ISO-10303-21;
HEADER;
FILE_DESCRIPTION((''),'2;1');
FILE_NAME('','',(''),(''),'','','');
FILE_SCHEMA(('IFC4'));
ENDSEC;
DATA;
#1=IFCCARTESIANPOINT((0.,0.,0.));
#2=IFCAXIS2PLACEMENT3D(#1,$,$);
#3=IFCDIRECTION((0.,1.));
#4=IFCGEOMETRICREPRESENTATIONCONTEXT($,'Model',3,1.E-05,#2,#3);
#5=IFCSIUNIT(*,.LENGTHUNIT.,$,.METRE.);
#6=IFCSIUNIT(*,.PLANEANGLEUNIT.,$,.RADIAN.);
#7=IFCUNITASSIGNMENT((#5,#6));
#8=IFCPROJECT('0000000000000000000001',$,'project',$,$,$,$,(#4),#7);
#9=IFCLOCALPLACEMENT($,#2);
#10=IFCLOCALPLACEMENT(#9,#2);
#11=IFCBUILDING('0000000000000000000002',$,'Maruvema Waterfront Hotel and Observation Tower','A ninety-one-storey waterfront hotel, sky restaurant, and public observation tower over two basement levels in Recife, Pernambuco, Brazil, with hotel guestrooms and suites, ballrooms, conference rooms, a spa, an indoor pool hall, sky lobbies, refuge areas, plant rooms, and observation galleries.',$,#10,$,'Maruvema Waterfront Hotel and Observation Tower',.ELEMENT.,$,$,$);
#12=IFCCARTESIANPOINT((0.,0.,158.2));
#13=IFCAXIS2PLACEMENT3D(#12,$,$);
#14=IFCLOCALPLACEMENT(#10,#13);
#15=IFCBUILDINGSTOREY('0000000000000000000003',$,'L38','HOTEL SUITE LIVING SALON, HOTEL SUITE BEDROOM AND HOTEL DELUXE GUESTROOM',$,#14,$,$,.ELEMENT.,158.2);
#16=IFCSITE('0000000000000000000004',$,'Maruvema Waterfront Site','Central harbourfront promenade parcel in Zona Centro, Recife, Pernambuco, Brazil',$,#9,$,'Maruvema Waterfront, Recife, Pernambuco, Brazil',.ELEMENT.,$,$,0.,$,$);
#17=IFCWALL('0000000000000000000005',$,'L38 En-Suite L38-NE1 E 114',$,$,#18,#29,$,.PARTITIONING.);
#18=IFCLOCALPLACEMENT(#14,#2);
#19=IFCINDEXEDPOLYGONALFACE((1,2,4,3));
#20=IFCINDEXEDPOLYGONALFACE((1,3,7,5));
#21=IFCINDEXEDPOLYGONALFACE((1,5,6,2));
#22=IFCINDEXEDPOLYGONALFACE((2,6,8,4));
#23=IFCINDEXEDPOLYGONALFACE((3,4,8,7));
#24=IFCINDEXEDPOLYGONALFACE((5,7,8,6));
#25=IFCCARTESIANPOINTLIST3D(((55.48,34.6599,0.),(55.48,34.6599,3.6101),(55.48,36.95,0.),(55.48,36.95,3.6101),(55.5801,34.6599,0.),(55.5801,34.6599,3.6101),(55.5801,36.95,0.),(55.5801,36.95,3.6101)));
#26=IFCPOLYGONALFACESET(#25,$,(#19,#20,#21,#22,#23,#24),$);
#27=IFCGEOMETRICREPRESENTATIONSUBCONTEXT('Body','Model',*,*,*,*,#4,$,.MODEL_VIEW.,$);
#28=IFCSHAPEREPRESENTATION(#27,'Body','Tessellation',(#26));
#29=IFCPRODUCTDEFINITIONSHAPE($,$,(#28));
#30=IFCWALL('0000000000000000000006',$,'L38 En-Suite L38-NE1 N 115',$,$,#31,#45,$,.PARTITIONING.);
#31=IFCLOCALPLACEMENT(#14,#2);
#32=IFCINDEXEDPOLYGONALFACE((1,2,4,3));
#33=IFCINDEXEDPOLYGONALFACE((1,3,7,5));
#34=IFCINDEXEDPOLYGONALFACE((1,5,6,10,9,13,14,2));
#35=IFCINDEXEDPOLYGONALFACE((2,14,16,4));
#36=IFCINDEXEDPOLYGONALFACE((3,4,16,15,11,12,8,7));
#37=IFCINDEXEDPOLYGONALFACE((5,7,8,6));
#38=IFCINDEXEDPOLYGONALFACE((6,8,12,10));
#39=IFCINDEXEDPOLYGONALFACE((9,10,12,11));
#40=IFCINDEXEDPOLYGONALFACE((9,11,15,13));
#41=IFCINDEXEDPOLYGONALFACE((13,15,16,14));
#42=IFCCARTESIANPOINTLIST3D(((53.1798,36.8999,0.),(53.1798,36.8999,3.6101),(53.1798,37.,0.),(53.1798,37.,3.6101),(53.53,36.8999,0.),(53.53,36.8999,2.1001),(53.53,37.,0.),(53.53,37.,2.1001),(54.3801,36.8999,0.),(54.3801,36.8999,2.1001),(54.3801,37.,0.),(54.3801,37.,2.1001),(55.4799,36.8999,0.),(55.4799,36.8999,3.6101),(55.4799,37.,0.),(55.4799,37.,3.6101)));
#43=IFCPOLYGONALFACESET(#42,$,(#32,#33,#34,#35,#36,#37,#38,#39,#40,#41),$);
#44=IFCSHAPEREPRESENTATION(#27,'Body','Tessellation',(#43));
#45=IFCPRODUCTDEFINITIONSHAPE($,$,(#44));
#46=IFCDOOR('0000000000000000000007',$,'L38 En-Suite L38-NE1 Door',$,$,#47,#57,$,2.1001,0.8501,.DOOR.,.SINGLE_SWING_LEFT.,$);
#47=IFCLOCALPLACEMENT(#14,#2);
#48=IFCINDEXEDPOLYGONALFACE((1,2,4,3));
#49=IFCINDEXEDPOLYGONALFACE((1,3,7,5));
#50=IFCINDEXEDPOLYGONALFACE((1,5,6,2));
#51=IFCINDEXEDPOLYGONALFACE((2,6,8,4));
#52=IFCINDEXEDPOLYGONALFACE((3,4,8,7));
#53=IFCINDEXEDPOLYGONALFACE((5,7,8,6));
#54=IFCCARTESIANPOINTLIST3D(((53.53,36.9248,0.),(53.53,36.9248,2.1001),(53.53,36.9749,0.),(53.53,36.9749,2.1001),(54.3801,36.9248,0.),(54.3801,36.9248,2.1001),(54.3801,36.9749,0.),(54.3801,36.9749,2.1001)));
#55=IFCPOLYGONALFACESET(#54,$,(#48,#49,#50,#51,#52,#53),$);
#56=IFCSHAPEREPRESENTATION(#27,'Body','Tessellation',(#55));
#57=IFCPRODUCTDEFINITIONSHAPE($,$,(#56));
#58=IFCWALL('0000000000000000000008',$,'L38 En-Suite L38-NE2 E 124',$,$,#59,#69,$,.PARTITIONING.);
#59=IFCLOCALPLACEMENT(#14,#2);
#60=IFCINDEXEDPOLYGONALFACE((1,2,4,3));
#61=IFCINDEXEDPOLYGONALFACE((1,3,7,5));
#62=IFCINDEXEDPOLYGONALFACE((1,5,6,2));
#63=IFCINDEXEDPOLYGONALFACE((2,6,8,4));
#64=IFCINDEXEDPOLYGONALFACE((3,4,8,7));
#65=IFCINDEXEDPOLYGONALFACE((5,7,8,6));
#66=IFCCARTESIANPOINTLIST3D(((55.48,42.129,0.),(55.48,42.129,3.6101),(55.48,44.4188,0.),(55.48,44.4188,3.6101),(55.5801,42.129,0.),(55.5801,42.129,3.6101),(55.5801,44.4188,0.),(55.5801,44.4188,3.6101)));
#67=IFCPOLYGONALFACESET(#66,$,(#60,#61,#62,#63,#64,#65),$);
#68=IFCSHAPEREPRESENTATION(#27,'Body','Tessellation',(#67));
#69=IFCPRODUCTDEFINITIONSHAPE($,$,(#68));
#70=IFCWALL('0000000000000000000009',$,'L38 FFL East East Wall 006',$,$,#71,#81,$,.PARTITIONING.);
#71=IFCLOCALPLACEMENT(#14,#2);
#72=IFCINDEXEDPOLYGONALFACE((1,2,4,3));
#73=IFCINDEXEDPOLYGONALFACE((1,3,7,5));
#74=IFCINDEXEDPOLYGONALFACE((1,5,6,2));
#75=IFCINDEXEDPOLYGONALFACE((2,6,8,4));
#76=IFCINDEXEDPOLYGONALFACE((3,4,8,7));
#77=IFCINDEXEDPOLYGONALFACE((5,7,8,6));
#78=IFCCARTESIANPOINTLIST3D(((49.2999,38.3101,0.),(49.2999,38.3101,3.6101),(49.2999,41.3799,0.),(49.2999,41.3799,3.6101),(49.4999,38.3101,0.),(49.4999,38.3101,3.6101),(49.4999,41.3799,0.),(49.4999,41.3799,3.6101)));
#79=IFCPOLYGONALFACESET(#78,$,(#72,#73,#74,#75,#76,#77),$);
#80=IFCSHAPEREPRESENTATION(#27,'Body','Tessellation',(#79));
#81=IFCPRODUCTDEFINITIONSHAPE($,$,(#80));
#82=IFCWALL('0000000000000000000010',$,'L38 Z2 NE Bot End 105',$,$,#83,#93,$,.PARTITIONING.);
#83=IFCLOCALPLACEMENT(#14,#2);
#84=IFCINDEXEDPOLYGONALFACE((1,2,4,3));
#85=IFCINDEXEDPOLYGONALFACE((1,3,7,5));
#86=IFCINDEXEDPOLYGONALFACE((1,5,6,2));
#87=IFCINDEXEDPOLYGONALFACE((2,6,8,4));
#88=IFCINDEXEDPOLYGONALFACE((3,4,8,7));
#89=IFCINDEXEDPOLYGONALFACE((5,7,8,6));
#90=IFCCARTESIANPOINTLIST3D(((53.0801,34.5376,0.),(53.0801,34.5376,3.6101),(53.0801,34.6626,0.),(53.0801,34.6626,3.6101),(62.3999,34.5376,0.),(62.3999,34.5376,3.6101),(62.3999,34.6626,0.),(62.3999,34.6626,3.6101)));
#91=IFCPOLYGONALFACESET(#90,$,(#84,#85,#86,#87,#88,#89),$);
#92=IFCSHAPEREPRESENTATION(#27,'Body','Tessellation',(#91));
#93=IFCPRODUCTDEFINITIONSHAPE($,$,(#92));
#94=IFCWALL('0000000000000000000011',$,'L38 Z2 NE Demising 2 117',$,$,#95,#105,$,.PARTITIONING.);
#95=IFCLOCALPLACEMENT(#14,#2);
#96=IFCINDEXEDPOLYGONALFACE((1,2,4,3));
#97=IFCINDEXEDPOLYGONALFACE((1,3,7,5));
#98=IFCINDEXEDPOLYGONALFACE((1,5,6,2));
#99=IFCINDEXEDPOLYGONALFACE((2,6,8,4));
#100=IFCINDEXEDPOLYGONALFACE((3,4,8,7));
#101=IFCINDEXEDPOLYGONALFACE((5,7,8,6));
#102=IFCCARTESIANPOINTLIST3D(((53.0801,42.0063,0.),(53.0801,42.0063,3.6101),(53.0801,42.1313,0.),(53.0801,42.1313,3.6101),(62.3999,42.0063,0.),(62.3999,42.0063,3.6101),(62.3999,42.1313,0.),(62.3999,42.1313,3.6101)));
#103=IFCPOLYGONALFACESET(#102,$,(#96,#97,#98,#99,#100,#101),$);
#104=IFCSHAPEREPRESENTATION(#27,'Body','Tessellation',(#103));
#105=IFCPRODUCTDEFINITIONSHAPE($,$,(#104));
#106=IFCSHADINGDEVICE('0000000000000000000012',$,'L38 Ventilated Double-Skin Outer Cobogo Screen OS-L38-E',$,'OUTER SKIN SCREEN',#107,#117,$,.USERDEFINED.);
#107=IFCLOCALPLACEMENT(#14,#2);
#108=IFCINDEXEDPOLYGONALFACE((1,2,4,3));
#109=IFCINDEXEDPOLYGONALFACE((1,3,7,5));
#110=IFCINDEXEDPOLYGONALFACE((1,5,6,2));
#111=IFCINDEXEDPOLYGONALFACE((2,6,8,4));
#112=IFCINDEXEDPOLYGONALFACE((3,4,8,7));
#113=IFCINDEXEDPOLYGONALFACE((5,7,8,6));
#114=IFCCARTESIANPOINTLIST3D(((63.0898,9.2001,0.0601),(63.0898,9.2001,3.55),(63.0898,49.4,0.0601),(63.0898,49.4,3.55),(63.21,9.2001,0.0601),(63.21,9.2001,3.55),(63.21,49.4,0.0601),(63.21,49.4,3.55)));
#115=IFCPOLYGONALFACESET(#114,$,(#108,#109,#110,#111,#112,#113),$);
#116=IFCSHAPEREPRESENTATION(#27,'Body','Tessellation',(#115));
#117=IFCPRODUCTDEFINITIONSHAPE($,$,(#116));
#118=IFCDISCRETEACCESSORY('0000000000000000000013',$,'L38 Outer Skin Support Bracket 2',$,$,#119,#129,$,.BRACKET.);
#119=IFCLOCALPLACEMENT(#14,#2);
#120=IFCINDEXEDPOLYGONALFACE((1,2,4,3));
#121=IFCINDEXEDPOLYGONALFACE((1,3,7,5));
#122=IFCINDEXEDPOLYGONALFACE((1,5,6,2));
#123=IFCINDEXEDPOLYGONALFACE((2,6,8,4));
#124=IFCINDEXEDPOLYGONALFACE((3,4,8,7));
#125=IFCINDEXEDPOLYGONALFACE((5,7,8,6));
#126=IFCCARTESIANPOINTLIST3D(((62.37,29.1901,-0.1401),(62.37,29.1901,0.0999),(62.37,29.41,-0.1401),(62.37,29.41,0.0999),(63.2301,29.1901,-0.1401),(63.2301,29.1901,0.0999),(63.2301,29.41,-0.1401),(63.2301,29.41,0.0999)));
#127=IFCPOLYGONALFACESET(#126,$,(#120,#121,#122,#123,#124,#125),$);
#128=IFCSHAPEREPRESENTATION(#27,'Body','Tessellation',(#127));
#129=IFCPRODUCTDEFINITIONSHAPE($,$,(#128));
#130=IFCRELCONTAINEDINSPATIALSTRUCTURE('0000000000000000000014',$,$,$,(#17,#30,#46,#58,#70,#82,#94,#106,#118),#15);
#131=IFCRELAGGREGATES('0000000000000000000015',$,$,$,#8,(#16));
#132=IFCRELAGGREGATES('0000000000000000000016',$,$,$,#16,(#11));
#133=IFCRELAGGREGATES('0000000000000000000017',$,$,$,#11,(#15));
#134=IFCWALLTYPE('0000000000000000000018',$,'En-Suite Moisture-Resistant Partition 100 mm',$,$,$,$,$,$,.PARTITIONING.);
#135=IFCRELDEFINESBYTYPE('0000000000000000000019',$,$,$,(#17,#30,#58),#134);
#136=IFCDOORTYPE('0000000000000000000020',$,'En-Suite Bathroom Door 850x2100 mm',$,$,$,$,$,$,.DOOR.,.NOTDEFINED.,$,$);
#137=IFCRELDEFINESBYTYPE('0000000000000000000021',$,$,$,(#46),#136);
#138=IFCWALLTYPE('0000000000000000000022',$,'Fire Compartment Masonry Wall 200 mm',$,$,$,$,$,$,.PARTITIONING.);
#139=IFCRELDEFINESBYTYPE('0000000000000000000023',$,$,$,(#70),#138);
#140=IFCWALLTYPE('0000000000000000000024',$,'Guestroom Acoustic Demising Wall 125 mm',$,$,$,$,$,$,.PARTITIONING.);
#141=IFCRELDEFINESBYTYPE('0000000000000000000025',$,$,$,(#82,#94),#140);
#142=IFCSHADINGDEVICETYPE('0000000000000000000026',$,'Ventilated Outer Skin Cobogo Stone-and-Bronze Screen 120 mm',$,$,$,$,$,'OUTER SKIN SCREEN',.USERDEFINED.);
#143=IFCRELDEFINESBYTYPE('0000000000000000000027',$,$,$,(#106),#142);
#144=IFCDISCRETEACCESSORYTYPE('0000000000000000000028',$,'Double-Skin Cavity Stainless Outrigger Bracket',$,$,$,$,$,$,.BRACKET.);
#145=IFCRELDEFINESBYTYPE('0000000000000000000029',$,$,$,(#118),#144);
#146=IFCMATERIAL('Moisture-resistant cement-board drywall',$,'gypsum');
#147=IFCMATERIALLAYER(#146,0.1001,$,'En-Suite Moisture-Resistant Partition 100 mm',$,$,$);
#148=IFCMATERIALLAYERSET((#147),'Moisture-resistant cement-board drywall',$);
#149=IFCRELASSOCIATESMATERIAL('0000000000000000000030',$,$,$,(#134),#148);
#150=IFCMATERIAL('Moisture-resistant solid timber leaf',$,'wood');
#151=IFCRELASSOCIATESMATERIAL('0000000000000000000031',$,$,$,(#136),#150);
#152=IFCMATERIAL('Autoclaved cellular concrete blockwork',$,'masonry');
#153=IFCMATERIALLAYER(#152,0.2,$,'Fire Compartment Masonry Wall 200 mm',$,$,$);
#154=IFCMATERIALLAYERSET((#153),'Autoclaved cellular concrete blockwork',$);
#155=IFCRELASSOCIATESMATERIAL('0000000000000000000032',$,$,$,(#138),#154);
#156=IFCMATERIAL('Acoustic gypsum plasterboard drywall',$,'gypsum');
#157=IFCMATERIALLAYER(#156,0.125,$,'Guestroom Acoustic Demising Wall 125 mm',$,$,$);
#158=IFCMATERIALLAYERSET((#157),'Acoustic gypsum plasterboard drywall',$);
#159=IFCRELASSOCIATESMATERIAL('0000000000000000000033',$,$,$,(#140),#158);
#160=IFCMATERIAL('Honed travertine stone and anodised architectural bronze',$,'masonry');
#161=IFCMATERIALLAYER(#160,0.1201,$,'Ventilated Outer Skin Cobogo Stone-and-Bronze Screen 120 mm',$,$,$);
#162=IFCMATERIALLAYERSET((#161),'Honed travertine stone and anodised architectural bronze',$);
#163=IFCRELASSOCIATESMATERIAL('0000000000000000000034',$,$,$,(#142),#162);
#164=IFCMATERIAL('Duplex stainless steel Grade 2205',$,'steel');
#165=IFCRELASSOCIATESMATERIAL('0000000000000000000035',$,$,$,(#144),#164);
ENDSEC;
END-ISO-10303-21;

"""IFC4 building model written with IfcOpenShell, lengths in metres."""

from ifc_helpers import new_model, si_unit, direction, frame, frame_2d, origin, origin_2d, place, context, subcontext, project, spatial, rectangle, extrude, material, layer, layer_set, type_object, element, fill, save


model = new_model("IFC4")

# Units and contexts
model_context = context("Model", 3, precision=1e-05, world=origin(), true_north=direction((0.0, 1.0)))
body_context = subcontext(model_context, "Body", "Model", "MODEL_VIEW")
ifc_project = project(units=[si_unit("LENGTHUNIT", "METRE"), si_unit("PLANEANGLEUNIT", "RADIAN")], contexts=[model_context])

# Site, building, storey
site_placement = place(None, origin())
site = spatial("IfcSite", under=ifc_project, at=site_placement, Name="Maruvema Waterfront Site", Description="Central harbourfront promenade parcel in Zona Centro, Recife, Pernambuco, Brazil", LongName="Maruvema Waterfront, Recife, Pernambuco, Brazil", CompositionType="ELEMENT", RefElevation=0.0)
building_placement = place(site_placement, origin())
building = spatial("IfcBuilding", under=site, at=building_placement, Name="Maruvema Waterfront Hotel and Observation Tower", Description="A ninety-one-storey waterfront hotel, sky restaurant, and public observation tower over two basement levels in Recife, Pernambuco, Brazil, with hotel guestrooms and suites, ballrooms, conference rooms, a spa, an indoor pool hall, sky lobbies, refuge areas, plant rooms, and observation galleries.", LongName="Maruvema Waterfront Hotel and Observation Tower", CompositionType="ELEMENT")
storey_placement = place(building_placement, frame((0.0, 0.0, 158.2)))
storey = spatial("IfcBuildingStorey", under=building, at=storey_placement, Name="L38", Description="HOTEL SUITE LIVING SALON, HOTEL SUITE BEDROOM AND HOTEL DELUXE GUESTROOM", CompositionType="ELEMENT", Elevation=158.2)

# Wall
ifc_material_1 = material(Name="Moisture-resistant cement-board drywall", Category="gypsum")
ifc_layer_1 = layer(ifc_material_1, 0.1001, Name="En-Suite Moisture-Resistant Partition 100 mm")
ifc_layer_set_1 = layer_set([ifc_layer_1], Name="Moisture-resistant cement-board drywall")
wall_type_1 = type_object("IfcWallType", Name="En-Suite Moisture-Resistant Partition 100 mm", PredefinedType="PARTITIONING", material=ifc_layer_set_1)
wall_1_placement = place(storey_placement, frame((55.53, 34.6599, 0.0), z_axis=(0.0, 0.0, 1.0), x_axis=(0.0, 1.0, 0.0)))
element("IfcWall", 1, at=wall_1_placement, inside=storey, type_object=wall_type_1, Name="L38 En-Suite L38-NE1 E 114", PredefinedType="PARTITIONING", context=body_context, shape_type="SweptSolid", body=[
    extrude(rectangle(XDim=2.29, YDim=0.1001, at=frame_2d((1.145, 0.0))), origin(), (0.0, 0.0, 1.0), 3.6101),
])

# Wall, opening, door
wall_2_placement = place(storey_placement, frame((53.1799, 36.95, 0.0), z_axis=(0.0, 0.0, 1.0), x_axis=(1.0, 0.0, 0.0)))
wall_2 = element("IfcWall", 2, at=wall_2_placement, inside=storey, type_object=wall_type_1, Name="L38 En-Suite L38-NE1 N 115", PredefinedType="PARTITIONING", context=body_context, shape_type="SweptSolid", body=[
    extrude(rectangle(XDim=2.3, YDim=0.1001, at=frame_2d((1.1499, 0.0))), origin(), (0.0, 0.0, 1.0), 3.6101),
])
opening_1_placement = place(wall_2_placement, frame((0.3501, 0.0, 0.0)))
opening_1 = element("IfcOpeningElement", 3, at=opening_1_placement, cuts=wall_2, PredefinedType="OPENING", context=body_context, shape_type="SweptSolid", body=[
    extrude(rectangle(XDim=0.8501, YDim=2.1001, at=frame_2d((0.425, 1.05))), frame((0.0, 0.0601, 0.0), z_axis=(0.0, -1.0, 0.0), x_axis=(1.0, 0.0, 0.0)), (0.0, 0.0, 1.0), 0.1201),
])
ifc_material_2 = material(Name="Moisture-resistant solid timber leaf", Category="wood")
door_type_1 = type_object("IfcDoorType", Name="En-Suite Bathroom Door 850x2100 mm", OperationType="NOTDEFINED", PredefinedType="DOOR", material=ifc_material_2)
door_1_placement = place(opening_1_placement, origin())
door_1 = element("IfcDoor", 4, at=door_1_placement, inside=storey, type_object=door_type_1, Name="L38 En-Suite L38-NE1 Door", OperationType="SINGLE_SWING_LEFT", OverallHeight=2.1001, OverallWidth=0.8501, PredefinedType="DOOR", context=body_context, shape_type="SweptSolid", body=[
    extrude(rectangle(XDim=0.8501, YDim=2.1001, at=frame_2d((0.425, 1.05))), frame((0.0, 0.0249, 0.0), z_axis=(0.0, -1.0, 0.0), x_axis=(1.0, 0.0, 0.0)), (0.0, 0.0, 1.0), 0.05),
])
fill(opening_1, door_1)

# Walls
wall_3_placement = place(storey_placement, frame((55.53, 42.1289, 0.0), z_axis=(0.0, 0.0, 1.0), x_axis=(0.0, 1.0, 0.0)))
element("IfcWall", 5, at=wall_3_placement, inside=storey, type_object=wall_type_1, Name="L38 En-Suite L38-NE2 E 124", PredefinedType="PARTITIONING", context=body_context, shape_type="SweptSolid", body=[
    extrude(rectangle(XDim=2.2898, YDim=0.1001, at=frame_2d((1.145, 0.0))), origin(), (0.0, 0.0, 1.0), 3.6101),
])
ifc_material_3 = material(Name="Autoclaved cellular concrete blockwork", Category="masonry")
ifc_layer_2 = layer(ifc_material_3, 0.2, Name="Fire Compartment Masonry Wall 200 mm")
ifc_layer_set_2 = layer_set([ifc_layer_2], Name="Autoclaved cellular concrete blockwork")
wall_type_2 = type_object("IfcWallType", Name="Fire Compartment Masonry Wall 200 mm", PredefinedType="PARTITIONING", material=ifc_layer_set_2)
wall_4_placement = place(storey_placement, frame((49.3999, 38.3101, 0.0), z_axis=(0.0, 0.0, 1.0), x_axis=(0.0, 1.0, 0.0)))
element("IfcWall", 6, at=wall_4_placement, inside=storey, type_object=wall_type_2, Name="L38 FFL East East Wall 006", PredefinedType="PARTITIONING", context=body_context, shape_type="SweptSolid", body=[
    extrude(rectangle(XDim=3.0698, YDim=0.2, at=frame_2d((1.5349, 0.0))), origin(), (0.0, 0.0, 1.0), 3.6101),
])
ifc_material_4 = material(Name="Acoustic gypsum plasterboard drywall", Category="gypsum")
ifc_layer_3 = layer(ifc_material_4, 0.125, Name="Guestroom Acoustic Demising Wall 125 mm")
ifc_layer_set_3 = layer_set([ifc_layer_3], Name="Acoustic gypsum plasterboard drywall")
wall_type_3 = type_object("IfcWallType", Name="Guestroom Acoustic Demising Wall 125 mm", PredefinedType="PARTITIONING", material=ifc_layer_set_3)
for number, where, z_axis, x_axis, name in (
    (7, (53.0801, 34.6001, 0.0), (0.0, 0.0, 1.0), (1.0, 0.0, 0.0), "L38 Z2 NE Bot End 105"),
    (8, (53.0801, 42.0688, 0.0), (0.0, 0.0, 1.0), (1.0, 0.0, 0.0), "L38 Z2 NE Demising 2 117"),
):
    element("IfcWall", number, at=place(storey_placement, frame(where, z_axis=z_axis, x_axis=x_axis)), inside=storey, type_object=wall_type_3, Name=name, PredefinedType="PARTITIONING", context=body_context, shape_type="SweptSolid", body=[
        extrude(rectangle(XDim=9.3198, YDim=0.125, at=frame_2d((4.6599, 0.0))), origin(), (0.0, 0.0, 1.0), 3.6101),
    ])

# Shading device
ifc_material_5 = material(Name="Honed travertine stone and anodised architectural bronze", Category="masonry")
ifc_layer_4 = layer(ifc_material_5, 0.1201, Name="Ventilated Outer Skin Cobogo Stone-and-Bronze Screen 120 mm")
ifc_layer_set_4 = layer_set([ifc_layer_4], Name="Honed travertine stone and anodised architectural bronze")
shading_device_type = type_object("IfcShadingDeviceType", Name="Ventilated Outer Skin Cobogo Stone-and-Bronze Screen 120 mm", ElementType="OUTER SKIN SCREEN", PredefinedType="USERDEFINED", material=ifc_layer_set_4)
shading_device_placement = place(storey_placement, frame((63.1499, 29.3, 0.0601), z_axis=(0.0, 0.0, 1.0), x_axis=(0.0, 1.0, 0.0)))
element("IfcShadingDevice", 9, at=shading_device_placement, inside=storey, type_object=shading_device_type, Name="L38 Ventilated Double-Skin Outer Cobogo Screen OS-L38-E", ObjectType="OUTER SKIN SCREEN", PredefinedType="USERDEFINED", context=body_context, shape_type="SweptSolid", body=[
    extrude(rectangle(XDim=40.2, YDim=0.1201, at=origin_2d()), origin(), (0.0, 0.0, 1.0), 3.49),
])

# Discrete accessory
ifc_material_6 = material(Name="Duplex stainless steel Grade 2205", Category="steel")
discrete_accessory_type = type_object("IfcDiscreteAccessoryType", Name="Double-Skin Cavity Stainless Outrigger Bracket", PredefinedType="BRACKET", material=ifc_material_6)
discrete_accessory_placement = place(storey_placement, frame((62.8, 29.3, -0.1401), z_axis=(0.0, 0.0, 1.0), x_axis=(0.0, 1.0, 0.0)))
element("IfcDiscreteAccessory", 10, at=discrete_accessory_placement, inside=storey, type_object=discrete_accessory_type, Name="L38 Outer Skin Support Bracket 2", PredefinedType="BRACKET", context=body_context, shape_type="SweptSolid", body=[
    extrude(rectangle(XDim=0.22, YDim=0.8601, at=origin_2d()), origin(), (0.0, 0.0, 1.0), 0.24),
])

save(model, "model.ifc")
